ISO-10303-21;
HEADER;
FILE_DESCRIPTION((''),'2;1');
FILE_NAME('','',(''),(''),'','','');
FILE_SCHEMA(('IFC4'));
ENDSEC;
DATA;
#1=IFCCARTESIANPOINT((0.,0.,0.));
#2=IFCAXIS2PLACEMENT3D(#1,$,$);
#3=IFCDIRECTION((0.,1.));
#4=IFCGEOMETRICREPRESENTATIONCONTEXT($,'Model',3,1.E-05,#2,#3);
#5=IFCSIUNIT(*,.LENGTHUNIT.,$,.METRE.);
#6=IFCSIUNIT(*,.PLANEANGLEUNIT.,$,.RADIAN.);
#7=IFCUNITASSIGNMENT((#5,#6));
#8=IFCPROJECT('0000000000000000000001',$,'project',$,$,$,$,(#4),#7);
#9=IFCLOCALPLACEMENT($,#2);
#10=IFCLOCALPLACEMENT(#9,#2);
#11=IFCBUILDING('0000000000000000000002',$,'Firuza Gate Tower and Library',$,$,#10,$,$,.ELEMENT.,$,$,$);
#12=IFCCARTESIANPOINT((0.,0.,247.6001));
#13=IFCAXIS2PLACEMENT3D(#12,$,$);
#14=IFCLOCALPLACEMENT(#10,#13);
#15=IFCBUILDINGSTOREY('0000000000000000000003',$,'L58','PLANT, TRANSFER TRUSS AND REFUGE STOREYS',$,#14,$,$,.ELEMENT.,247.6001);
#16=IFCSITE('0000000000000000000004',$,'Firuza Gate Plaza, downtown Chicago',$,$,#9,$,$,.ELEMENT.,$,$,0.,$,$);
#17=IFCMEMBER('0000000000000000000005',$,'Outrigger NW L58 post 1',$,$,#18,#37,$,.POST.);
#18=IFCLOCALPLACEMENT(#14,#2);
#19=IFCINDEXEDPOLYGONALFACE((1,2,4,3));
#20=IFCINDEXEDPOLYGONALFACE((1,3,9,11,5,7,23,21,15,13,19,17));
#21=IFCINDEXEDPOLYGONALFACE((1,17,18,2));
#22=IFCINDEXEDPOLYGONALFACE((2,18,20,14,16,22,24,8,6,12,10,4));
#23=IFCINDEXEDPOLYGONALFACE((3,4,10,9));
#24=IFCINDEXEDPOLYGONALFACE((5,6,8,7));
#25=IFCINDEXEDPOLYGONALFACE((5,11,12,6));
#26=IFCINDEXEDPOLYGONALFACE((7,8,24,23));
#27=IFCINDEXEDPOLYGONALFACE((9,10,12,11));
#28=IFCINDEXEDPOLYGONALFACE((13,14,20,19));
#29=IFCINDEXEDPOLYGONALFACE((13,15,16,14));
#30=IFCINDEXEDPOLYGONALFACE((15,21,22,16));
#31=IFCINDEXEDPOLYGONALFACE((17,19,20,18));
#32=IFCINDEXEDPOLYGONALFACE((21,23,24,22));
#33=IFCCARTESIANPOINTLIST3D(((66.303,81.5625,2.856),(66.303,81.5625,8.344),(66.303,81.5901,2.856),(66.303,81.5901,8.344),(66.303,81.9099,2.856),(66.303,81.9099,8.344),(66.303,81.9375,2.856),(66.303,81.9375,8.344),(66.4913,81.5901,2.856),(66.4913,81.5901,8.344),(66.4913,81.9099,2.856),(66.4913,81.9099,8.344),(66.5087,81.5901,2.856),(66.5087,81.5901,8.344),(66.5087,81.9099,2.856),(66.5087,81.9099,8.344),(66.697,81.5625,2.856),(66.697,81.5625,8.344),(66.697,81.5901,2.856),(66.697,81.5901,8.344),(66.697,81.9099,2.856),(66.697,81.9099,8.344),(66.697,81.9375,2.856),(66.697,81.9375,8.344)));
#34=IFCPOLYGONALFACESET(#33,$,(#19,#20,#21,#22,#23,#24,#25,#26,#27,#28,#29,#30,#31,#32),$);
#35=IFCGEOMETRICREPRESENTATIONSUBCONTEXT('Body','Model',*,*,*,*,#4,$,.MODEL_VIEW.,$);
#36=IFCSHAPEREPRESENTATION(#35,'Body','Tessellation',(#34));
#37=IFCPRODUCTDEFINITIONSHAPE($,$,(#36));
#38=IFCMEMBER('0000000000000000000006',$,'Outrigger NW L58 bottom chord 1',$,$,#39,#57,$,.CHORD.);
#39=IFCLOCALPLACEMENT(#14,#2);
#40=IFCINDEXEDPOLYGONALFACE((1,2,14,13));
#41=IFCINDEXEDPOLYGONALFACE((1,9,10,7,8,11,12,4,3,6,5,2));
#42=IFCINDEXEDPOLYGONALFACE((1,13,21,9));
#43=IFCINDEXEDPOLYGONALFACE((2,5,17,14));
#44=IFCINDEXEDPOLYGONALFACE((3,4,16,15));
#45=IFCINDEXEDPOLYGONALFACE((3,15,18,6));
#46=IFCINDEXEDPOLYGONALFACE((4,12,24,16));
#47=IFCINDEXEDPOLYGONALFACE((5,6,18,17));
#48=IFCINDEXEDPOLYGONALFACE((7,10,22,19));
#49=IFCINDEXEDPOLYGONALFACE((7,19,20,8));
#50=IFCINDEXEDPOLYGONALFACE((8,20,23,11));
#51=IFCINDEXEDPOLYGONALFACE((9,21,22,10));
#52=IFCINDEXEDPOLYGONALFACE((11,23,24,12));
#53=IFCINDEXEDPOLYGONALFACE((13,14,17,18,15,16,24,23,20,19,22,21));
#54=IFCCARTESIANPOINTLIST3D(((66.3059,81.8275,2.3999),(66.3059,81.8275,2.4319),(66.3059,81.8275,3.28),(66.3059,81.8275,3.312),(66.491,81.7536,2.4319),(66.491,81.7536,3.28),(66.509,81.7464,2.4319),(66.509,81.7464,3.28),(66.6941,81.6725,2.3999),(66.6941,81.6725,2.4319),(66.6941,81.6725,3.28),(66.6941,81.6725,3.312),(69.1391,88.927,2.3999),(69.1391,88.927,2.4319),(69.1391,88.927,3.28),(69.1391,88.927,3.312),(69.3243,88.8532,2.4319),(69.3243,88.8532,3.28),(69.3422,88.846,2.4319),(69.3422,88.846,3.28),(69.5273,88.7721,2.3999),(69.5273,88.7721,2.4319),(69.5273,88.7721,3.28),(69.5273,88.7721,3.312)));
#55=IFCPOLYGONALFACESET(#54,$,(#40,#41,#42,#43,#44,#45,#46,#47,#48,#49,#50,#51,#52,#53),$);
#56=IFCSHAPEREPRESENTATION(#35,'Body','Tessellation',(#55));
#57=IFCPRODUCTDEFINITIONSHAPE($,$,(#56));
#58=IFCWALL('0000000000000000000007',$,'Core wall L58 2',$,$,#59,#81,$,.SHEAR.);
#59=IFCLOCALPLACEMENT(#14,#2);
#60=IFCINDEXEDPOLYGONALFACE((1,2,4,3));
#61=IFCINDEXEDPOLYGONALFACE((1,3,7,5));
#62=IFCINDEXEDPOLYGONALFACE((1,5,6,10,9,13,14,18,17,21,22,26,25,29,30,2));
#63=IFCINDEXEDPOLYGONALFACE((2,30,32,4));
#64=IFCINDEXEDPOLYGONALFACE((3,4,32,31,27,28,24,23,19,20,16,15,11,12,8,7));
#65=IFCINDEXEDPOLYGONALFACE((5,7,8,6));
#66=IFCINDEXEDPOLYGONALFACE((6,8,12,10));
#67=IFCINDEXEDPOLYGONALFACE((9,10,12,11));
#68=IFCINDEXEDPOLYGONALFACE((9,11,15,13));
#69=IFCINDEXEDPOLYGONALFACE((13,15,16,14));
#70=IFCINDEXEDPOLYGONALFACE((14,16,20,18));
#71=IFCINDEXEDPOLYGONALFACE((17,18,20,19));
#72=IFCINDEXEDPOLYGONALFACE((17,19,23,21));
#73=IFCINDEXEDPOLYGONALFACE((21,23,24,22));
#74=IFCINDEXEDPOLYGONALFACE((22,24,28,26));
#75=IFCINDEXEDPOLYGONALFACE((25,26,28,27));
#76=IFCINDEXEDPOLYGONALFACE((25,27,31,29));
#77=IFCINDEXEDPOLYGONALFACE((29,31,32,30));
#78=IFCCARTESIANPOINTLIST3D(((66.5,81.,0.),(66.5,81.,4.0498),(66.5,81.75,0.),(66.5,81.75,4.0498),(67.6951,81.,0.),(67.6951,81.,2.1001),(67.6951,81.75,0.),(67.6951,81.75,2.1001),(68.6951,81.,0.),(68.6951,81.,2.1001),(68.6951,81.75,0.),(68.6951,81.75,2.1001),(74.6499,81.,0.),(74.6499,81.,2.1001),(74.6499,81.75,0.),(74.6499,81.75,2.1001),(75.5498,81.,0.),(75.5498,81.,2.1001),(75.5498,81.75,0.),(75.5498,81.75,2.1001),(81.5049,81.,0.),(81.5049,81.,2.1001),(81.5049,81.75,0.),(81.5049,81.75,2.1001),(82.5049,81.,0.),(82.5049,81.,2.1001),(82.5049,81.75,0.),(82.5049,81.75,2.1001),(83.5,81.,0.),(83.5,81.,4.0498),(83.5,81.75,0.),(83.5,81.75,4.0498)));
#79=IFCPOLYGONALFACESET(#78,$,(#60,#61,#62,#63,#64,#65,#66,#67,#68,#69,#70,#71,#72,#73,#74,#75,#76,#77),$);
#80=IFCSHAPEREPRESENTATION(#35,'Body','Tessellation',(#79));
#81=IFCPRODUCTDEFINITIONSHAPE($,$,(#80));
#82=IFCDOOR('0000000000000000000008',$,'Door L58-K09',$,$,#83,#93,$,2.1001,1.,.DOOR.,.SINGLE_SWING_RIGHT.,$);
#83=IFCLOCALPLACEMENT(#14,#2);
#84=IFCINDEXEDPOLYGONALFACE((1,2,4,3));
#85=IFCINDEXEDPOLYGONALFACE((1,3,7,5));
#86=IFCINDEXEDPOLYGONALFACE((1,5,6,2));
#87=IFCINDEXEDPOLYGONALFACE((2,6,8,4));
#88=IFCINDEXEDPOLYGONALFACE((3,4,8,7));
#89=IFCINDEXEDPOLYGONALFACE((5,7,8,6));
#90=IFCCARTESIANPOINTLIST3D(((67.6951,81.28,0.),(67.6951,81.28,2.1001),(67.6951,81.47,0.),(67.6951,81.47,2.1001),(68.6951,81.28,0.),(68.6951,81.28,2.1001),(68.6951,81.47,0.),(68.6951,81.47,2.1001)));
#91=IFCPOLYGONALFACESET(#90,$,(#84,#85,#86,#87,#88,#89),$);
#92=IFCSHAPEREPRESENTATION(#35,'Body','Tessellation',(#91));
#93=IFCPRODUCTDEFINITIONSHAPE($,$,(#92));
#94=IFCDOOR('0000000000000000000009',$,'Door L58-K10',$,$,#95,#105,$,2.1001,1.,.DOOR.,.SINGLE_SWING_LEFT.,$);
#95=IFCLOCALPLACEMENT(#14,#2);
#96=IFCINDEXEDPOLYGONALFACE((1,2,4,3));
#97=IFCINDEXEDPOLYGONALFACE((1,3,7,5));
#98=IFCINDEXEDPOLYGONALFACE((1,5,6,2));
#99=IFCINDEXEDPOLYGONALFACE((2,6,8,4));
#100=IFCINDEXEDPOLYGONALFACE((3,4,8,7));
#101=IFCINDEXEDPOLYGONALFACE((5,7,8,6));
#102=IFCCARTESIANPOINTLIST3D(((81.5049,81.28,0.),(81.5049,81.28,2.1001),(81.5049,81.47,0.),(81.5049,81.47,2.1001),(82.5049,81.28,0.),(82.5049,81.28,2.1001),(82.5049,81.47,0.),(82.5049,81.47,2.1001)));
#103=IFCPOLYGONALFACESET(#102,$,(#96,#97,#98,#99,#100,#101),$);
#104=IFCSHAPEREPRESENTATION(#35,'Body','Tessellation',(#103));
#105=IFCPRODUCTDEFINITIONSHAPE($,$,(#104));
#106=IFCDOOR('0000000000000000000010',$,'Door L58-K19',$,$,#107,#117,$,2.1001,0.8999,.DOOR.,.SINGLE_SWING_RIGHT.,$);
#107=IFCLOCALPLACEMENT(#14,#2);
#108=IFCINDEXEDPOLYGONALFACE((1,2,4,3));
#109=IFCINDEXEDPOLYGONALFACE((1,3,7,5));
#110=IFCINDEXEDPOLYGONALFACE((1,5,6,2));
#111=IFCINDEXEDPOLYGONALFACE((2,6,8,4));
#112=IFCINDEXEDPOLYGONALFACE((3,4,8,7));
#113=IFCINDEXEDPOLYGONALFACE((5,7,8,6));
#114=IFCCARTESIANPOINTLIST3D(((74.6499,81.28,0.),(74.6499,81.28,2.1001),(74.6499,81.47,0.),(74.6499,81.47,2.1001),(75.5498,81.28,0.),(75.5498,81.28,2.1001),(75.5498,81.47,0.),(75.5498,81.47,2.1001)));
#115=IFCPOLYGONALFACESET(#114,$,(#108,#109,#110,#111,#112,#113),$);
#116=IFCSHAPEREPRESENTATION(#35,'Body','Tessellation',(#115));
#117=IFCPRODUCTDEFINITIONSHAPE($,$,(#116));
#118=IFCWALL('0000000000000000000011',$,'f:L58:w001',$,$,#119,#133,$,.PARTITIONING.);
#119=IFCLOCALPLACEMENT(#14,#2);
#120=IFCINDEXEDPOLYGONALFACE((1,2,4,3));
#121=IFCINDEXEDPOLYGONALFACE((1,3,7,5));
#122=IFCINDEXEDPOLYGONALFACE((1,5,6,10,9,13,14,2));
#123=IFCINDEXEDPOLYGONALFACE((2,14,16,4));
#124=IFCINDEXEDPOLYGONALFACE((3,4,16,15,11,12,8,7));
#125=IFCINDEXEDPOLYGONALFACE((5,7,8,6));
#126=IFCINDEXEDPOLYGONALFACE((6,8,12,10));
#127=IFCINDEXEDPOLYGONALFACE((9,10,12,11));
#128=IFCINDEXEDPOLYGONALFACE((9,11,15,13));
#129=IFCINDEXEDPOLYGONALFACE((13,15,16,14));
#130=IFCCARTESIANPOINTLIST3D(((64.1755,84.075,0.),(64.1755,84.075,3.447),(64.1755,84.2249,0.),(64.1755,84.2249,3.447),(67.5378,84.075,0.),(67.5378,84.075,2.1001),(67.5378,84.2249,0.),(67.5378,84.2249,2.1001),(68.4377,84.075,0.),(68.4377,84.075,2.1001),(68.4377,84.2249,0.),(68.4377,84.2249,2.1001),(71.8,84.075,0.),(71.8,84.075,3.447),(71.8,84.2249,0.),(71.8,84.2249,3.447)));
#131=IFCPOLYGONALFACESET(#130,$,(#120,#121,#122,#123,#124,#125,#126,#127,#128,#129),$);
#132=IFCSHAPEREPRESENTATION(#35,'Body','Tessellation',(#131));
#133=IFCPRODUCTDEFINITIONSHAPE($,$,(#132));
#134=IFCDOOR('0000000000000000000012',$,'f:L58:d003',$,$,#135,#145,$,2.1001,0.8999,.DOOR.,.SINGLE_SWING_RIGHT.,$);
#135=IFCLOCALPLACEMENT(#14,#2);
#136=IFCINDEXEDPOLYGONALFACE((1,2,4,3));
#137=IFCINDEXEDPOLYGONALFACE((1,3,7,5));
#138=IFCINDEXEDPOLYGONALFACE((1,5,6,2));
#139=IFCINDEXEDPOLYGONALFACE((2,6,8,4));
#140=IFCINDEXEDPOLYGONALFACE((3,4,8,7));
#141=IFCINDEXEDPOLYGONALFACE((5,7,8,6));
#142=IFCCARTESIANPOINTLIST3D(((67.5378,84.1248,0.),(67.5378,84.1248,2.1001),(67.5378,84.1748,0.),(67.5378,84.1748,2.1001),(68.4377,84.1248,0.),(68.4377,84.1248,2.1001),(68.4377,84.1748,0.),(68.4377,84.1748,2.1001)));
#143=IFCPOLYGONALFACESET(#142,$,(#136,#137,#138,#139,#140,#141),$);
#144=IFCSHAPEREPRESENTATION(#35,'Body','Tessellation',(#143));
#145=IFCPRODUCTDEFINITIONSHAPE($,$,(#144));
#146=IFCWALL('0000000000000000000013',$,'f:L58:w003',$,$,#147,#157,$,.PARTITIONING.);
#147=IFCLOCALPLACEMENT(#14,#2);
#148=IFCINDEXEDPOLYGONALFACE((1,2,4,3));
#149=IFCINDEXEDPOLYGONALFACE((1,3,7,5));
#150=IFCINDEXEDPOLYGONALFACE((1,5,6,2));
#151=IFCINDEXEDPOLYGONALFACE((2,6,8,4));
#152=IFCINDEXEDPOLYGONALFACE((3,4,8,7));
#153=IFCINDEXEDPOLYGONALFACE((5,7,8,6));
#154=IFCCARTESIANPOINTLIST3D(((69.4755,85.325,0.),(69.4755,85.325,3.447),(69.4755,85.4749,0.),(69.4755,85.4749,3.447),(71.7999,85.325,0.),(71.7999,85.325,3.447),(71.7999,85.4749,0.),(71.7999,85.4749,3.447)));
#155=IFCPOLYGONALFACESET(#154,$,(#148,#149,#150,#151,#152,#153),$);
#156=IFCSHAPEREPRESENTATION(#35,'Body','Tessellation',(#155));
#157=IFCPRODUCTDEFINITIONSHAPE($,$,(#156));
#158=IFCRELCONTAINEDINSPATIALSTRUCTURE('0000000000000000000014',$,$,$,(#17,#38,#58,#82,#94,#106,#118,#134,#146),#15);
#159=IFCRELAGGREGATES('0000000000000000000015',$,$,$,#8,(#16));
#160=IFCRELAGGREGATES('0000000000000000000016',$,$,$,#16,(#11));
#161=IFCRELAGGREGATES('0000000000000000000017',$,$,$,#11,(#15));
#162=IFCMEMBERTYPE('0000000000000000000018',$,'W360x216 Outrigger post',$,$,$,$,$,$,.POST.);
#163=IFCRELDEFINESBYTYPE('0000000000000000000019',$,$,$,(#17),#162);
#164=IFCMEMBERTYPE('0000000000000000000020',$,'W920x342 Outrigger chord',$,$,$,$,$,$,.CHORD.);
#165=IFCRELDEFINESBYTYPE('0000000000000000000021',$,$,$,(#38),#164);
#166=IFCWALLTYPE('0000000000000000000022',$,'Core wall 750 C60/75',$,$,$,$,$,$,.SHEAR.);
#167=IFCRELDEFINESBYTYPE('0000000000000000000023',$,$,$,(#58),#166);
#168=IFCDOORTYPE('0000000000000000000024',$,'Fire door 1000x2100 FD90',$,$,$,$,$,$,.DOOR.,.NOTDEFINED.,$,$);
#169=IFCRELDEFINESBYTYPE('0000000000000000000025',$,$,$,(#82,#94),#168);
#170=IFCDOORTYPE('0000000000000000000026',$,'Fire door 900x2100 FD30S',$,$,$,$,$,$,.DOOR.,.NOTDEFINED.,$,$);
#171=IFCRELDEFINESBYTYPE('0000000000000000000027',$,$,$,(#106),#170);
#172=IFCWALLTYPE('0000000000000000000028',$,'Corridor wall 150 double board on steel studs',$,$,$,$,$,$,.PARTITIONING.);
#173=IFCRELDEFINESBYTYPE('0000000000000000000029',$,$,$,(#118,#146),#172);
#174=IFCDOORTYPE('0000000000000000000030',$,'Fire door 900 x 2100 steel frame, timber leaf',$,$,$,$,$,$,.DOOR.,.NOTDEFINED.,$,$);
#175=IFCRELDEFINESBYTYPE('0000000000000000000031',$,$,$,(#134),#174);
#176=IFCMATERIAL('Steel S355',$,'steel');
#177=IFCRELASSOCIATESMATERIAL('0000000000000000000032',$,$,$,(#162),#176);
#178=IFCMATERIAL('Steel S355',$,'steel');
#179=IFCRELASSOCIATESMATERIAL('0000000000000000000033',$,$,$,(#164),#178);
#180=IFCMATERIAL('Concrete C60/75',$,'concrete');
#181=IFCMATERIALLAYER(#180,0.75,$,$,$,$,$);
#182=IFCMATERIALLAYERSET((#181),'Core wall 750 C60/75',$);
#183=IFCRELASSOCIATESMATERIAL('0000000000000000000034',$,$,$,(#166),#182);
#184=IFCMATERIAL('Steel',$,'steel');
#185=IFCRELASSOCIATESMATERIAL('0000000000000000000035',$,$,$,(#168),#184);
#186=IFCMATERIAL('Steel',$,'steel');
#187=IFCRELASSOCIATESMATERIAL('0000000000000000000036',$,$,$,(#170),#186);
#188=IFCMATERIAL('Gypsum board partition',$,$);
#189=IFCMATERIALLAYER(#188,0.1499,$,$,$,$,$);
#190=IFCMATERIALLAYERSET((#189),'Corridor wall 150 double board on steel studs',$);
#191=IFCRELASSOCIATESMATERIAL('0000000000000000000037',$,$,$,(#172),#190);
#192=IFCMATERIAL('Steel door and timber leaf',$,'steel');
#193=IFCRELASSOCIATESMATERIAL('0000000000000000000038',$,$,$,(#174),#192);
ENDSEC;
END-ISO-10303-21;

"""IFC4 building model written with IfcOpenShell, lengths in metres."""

from ifc_helpers import new_model, si_unit, direction, frame, frame_2d, origin, origin_2d, place, context, subcontext, project, spatial, rectangle, i_section, extrude, material, layer, layer_set, material_profile, profile_set, type_object, element, fill, save


model = new_model("IFC4")

# Units and contexts
model_context = context("Model", 3, precision=1e-05, world=origin(), true_north=direction((0.0, 1.0)))
body_context = subcontext(model_context, "Body", "Model", "MODEL_VIEW")
ifc_project = project(units=[si_unit("LENGTHUNIT", "METRE"), si_unit("PLANEANGLEUNIT", "RADIAN")], contexts=[model_context])

# Site, building, storey
site_placement = place(None, origin())
site = spatial("IfcSite", under=ifc_project, at=site_placement, Name="Firuza Gate Plaza, downtown Chicago", CompositionType="ELEMENT", RefElevation=0.0)
building_placement = place(site_placement, origin())
building = spatial("IfcBuilding", under=site, at=building_placement, Name="Firuza Gate Tower and Library", CompositionType="ELEMENT")
storey_placement = place(building_placement, frame((0.0, 0.0, 247.6001)))
storey = spatial("IfcBuildingStorey", under=building, at=storey_placement, Name="L58", Description="PLANT, TRANSFER TRUSS AND REFUGE STOREYS", CompositionType="ELEMENT", Elevation=247.6001)

# Members
ifc_material_1 = material(Name="Steel S355", Category="steel")
ifc_material_profile_1 = material_profile(ifc_material_1, i_section(OverallWidth=0.394, OverallDepth=0.375, WebThickness=0.0173, FlangeThickness=0.0276, at=origin_2d()))
ifc_profile_set_1 = profile_set([ifc_material_profile_1], Name="Steel S355")
member_type_1 = type_object("IfcMemberType", Name="W360x216 Outrigger post", PredefinedType="POST", material=ifc_profile_set_1)
member_1_placement = place(storey_placement, frame((66.5, 81.75, 2.856), z_axis=(0.0, 0.0, 1.0), x_axis=(1.0, 0.0, 0.0)))
element("IfcMember", 1, at=member_1_placement, inside=storey, type_object=member_type_1, Name="Outrigger NW L58 post 1", PredefinedType="POST", context=body_context, shape_type="SweptSolid", body=[
    extrude(i_section(OverallWidth=0.394, OverallDepth=0.375, WebThickness=0.0173, FlangeThickness=0.0276, at=origin_2d()), origin(), (0.0, 0.0, 1.0), 5.488),
])
ifc_material_2 = material(Name="Steel S355", Category="steel")
ifc_material_profile_2 = material_profile(ifc_material_2, i_section(OverallWidth=0.418, OverallDepth=0.9121, WebThickness=0.0193, FlangeThickness=0.032, at=origin_2d()))
ifc_profile_set_2 = profile_set([ifc_material_profile_2], Name="Steel S355")
member_type_2 = type_object("IfcMemberType", Name="W920x342 Outrigger chord", PredefinedType="CHORD", material=ifc_profile_set_2)
member_2_placement = place(storey_placement, frame((66.5, 81.75, 2.856), z_axis=(0.370647, 0.928774, 0.0), x_axis=(-0.928774, 0.370647, 0.0)))
element("IfcMember", 2, at=member_2_placement, inside=storey, type_object=member_type_2, Name="Outrigger NW L58 bottom chord 1", PredefinedType="CHORD", context=body_context, shape_type="SweptSolid", body=[
    extrude(i_section(OverallWidth=0.418, OverallDepth=0.9121, WebThickness=0.0193, FlangeThickness=0.032, at=origin_2d()), origin(), (0.0, 0.0, 1.0), 7.644),
])

# Wall, openings, doors
ifc_material_3 = material(Name="Concrete C60/75", Category="concrete")
ifc_layer_1 = layer(ifc_material_3, 0.75)
ifc_layer_set_1 = layer_set([ifc_layer_1], Name="Core wall 750 C60/75")
wall_type_1 = type_object("IfcWallType", Name="Core wall 750 C60/75", PredefinedType="SHEAR", material=ifc_layer_set_1)
wall_1_placement = place(storey_placement, frame((66.5, 81.375, 0.0), z_axis=(0.0, 0.0, 1.0), x_axis=(1.0, 0.0, 0.0)))
wall_1 = element("IfcWall", 3, at=wall_1_placement, inside=storey, type_object=wall_type_1, Name="Core wall L58 2", PredefinedType="SHEAR", context=body_context, shape_type="SweptSolid", body=[
    extrude(rectangle(XDim=17.0, YDim=0.75, at=frame_2d((8.5, 0.0))), origin(), (0.0, 0.0, 1.0), 4.0498),
])
opening_1_placement = place(wall_1_placement, frame((1.1951, 0.0, 0.0)))
opening_1 = element("IfcOpeningElement", 4, at=opening_1_placement, cuts=wall_1, PredefinedType="OPENING", context=body_context, shape_type="SweptSolid", body=[
    extrude(rectangle(XDim=1.0, YDim=2.1001, at=frame_2d((0.5, 1.05))), frame((0.0, 0.385, 0.0), z_axis=(0.0, -1.0, 0.0), x_axis=(1.0, 0.0, 0.0)), (0.0, 0.0, 1.0), 0.77),
])
opening_2_placement = place(wall_1_placement, frame((15.0049, 0.0, 0.0)))
opening_2 = element("IfcOpeningElement", 5, at=opening_2_placement, cuts=wall_1, PredefinedType="OPENING", context=body_context, shape_type="SweptSolid", body=[
    extrude(rectangle(XDim=1.0, YDim=2.1001, at=frame_2d((0.5, 1.05))), frame((0.0, 0.385, 0.0), z_axis=(0.0, -1.0, 0.0), x_axis=(1.0, 0.0, 0.0)), (0.0, 0.0, 1.0), 0.77),
])
opening_3_placement = place(wall_1_placement, frame((8.1499, 0.0, 0.0)))
opening_3 = element("IfcOpeningElement", 6, at=opening_3_placement, cuts=wall_1, PredefinedType="OPENING", context=body_context, shape_type="SweptSolid", body=[
    extrude(rectangle(XDim=0.8999, YDim=2.1001, at=frame_2d((0.45, 1.05))), frame((0.0, 0.385, 0.0), z_axis=(0.0, -1.0, 0.0), x_axis=(1.0, 0.0, 0.0)), (0.0, 0.0, 1.0), 0.77),
])
ifc_material_4 = material(Name="Steel", Category="steel")
door_type_1 = type_object("IfcDoorType", Name="Fire door 1000x2100 FD90", OperationType="NOTDEFINED", PredefinedType="DOOR", material=ifc_material_4)
door_1_placement = place(opening_1_placement, origin())
door_1 = element("IfcDoor", 7, at=door_1_placement, inside=storey, type_object=door_type_1, Name="Door L58-K09", OperationType="SINGLE_SWING_RIGHT", OverallHeight=2.1001, OverallWidth=1.0, PredefinedType="DOOR", context=body_context, shape_type="SweptSolid", body=[
    extrude(rectangle(XDim=1.0, YDim=2.1001, at=frame_2d((0.5, 1.05))), frame((0.0, 0.095, 0.0), z_axis=(0.0, -1.0, 0.0), x_axis=(1.0, 0.0, 0.0)), (0.0, 0.0, 1.0), 0.1899),
])
fill(opening_1, door_1)
door_2_placement = place(opening_2_placement, origin())
door_2 = element("IfcDoor", 8, at=door_2_placement, inside=storey, type_object=door_type_1, Name="Door L58-K10", OperationType="SINGLE_SWING_LEFT", OverallHeight=2.1001, OverallWidth=1.0, PredefinedType="DOOR", context=body_context, shape_type="SweptSolid", body=[
    extrude(rectangle(XDim=1.0, YDim=2.1001, at=frame_2d((0.5, 1.05))), frame((0.0, 0.095, 0.0), z_axis=(0.0, -1.0, 0.0), x_axis=(1.0, 0.0, 0.0)), (0.0, 0.0, 1.0), 0.1899),
])
fill(opening_2, door_2)
ifc_material_5 = material(Name="Steel", Category="steel")
door_type_2 = type_object("IfcDoorType", Name="Fire door 900x2100 FD30S", OperationType="NOTDEFINED", PredefinedType="DOOR", material=ifc_material_5)
door_3_placement = place(opening_3_placement, origin())
door_3 = element("IfcDoor", 9, at=door_3_placement, inside=storey, type_object=door_type_2, Name="Door L58-K19", OperationType="SINGLE_SWING_RIGHT", OverallHeight=2.1001, OverallWidth=0.8999, PredefinedType="DOOR", context=body_context, shape_type="SweptSolid", body=[
    extrude(rectangle(XDim=0.8999, YDim=2.1001, at=frame_2d((0.45, 1.05))), frame((0.0, 0.095, 0.0), z_axis=(0.0, -1.0, 0.0), x_axis=(1.0, 0.0, 0.0)), (0.0, 0.0, 1.0), 0.1899),
])
fill(opening_3, door_3)

# Wall, opening, door
ifc_material_6 = material(Name="Gypsum board partition")
ifc_layer_2 = layer(ifc_material_6, 0.1499)
ifc_layer_set_2 = layer_set([ifc_layer_2], Name="Corridor wall 150 double board on steel studs")
wall_type_2 = type_object("IfcWallType", Name="Corridor wall 150 double board on steel studs", PredefinedType="PARTITIONING", material=ifc_layer_set_2)
wall_2_placement = place(storey_placement, frame((64.1755, 84.1499, 0.0), z_axis=(0.0, 0.0, 1.0), x_axis=(1.0, 0.0, 0.0)))
wall_2 = element("IfcWall", 10, at=wall_2_placement, inside=storey, type_object=wall_type_2, Name="f:L58:w001", PredefinedType="PARTITIONING", context=body_context, shape_type="SweptSolid", body=[
    extrude(rectangle(XDim=7.6245, YDim=0.1499, at=frame_2d((3.8123, 0.0))), origin(), (0.0, 0.0, 1.0), 3.447),
])
opening_4_placement = place(wall_2_placement, frame((3.3623, 0.0, 0.0)))
opening_4 = element("IfcOpeningElement", 11, at=opening_4_placement, cuts=wall_2, PredefinedType="OPENING", context=body_context, shape_type="SweptSolid", body=[
    extrude(rectangle(XDim=0.8999, YDim=2.1001, at=frame_2d((0.45, 1.05))), frame((0.0, 0.085, 0.0), z_axis=(0.0, -1.0, 0.0), x_axis=(1.0, 0.0, 0.0)), (0.0, 0.0, 1.0), 0.1699),
])
ifc_material_7 = material(Name="Steel door and timber leaf", Category="steel")
door_type_3 = type_object("IfcDoorType", Name="Fire door 900 x 2100 steel frame, timber leaf", OperationType="NOTDEFINED", PredefinedType="DOOR", material=ifc_material_7)
door_4_placement = place(opening_4_placement, origin())
door_4 = element("IfcDoor", 12, at=door_4_placement, inside=storey, type_object=door_type_3, Name="f:L58:d003", OperationType="SINGLE_SWING_RIGHT", OverallHeight=2.1001, OverallWidth=0.8999, PredefinedType="DOOR", context=body_context, shape_type="SweptSolid", body=[
    extrude(rectangle(XDim=0.8999, YDim=2.1001, at=frame_2d((0.45, 1.05))), frame((0.0, 0.0249, 0.0), z_axis=(0.0, -1.0, 0.0), x_axis=(1.0, 0.0, 0.0)), (0.0, 0.0, 1.0), 0.05),
])
fill(opening_4, door_4)

# Wall
wall_3_placement = place(storey_placement, frame((69.4756, 85.3999, 0.0), z_axis=(0.0, 0.0, 1.0), x_axis=(1.0, 0.0, 0.0)))
element("IfcWall", 13, at=wall_3_placement, inside=storey, type_object=wall_type_2, Name="f:L58:w003", PredefinedType="PARTITIONING", context=body_context, shape_type="SweptSolid", body=[
    extrude(rectangle(XDim=2.3245, YDim=0.1499, at=frame_2d((1.1621, 0.0))), origin(), (0.0, 0.0, 1.0), 3.447),
])

save(model, "model.ifc")
